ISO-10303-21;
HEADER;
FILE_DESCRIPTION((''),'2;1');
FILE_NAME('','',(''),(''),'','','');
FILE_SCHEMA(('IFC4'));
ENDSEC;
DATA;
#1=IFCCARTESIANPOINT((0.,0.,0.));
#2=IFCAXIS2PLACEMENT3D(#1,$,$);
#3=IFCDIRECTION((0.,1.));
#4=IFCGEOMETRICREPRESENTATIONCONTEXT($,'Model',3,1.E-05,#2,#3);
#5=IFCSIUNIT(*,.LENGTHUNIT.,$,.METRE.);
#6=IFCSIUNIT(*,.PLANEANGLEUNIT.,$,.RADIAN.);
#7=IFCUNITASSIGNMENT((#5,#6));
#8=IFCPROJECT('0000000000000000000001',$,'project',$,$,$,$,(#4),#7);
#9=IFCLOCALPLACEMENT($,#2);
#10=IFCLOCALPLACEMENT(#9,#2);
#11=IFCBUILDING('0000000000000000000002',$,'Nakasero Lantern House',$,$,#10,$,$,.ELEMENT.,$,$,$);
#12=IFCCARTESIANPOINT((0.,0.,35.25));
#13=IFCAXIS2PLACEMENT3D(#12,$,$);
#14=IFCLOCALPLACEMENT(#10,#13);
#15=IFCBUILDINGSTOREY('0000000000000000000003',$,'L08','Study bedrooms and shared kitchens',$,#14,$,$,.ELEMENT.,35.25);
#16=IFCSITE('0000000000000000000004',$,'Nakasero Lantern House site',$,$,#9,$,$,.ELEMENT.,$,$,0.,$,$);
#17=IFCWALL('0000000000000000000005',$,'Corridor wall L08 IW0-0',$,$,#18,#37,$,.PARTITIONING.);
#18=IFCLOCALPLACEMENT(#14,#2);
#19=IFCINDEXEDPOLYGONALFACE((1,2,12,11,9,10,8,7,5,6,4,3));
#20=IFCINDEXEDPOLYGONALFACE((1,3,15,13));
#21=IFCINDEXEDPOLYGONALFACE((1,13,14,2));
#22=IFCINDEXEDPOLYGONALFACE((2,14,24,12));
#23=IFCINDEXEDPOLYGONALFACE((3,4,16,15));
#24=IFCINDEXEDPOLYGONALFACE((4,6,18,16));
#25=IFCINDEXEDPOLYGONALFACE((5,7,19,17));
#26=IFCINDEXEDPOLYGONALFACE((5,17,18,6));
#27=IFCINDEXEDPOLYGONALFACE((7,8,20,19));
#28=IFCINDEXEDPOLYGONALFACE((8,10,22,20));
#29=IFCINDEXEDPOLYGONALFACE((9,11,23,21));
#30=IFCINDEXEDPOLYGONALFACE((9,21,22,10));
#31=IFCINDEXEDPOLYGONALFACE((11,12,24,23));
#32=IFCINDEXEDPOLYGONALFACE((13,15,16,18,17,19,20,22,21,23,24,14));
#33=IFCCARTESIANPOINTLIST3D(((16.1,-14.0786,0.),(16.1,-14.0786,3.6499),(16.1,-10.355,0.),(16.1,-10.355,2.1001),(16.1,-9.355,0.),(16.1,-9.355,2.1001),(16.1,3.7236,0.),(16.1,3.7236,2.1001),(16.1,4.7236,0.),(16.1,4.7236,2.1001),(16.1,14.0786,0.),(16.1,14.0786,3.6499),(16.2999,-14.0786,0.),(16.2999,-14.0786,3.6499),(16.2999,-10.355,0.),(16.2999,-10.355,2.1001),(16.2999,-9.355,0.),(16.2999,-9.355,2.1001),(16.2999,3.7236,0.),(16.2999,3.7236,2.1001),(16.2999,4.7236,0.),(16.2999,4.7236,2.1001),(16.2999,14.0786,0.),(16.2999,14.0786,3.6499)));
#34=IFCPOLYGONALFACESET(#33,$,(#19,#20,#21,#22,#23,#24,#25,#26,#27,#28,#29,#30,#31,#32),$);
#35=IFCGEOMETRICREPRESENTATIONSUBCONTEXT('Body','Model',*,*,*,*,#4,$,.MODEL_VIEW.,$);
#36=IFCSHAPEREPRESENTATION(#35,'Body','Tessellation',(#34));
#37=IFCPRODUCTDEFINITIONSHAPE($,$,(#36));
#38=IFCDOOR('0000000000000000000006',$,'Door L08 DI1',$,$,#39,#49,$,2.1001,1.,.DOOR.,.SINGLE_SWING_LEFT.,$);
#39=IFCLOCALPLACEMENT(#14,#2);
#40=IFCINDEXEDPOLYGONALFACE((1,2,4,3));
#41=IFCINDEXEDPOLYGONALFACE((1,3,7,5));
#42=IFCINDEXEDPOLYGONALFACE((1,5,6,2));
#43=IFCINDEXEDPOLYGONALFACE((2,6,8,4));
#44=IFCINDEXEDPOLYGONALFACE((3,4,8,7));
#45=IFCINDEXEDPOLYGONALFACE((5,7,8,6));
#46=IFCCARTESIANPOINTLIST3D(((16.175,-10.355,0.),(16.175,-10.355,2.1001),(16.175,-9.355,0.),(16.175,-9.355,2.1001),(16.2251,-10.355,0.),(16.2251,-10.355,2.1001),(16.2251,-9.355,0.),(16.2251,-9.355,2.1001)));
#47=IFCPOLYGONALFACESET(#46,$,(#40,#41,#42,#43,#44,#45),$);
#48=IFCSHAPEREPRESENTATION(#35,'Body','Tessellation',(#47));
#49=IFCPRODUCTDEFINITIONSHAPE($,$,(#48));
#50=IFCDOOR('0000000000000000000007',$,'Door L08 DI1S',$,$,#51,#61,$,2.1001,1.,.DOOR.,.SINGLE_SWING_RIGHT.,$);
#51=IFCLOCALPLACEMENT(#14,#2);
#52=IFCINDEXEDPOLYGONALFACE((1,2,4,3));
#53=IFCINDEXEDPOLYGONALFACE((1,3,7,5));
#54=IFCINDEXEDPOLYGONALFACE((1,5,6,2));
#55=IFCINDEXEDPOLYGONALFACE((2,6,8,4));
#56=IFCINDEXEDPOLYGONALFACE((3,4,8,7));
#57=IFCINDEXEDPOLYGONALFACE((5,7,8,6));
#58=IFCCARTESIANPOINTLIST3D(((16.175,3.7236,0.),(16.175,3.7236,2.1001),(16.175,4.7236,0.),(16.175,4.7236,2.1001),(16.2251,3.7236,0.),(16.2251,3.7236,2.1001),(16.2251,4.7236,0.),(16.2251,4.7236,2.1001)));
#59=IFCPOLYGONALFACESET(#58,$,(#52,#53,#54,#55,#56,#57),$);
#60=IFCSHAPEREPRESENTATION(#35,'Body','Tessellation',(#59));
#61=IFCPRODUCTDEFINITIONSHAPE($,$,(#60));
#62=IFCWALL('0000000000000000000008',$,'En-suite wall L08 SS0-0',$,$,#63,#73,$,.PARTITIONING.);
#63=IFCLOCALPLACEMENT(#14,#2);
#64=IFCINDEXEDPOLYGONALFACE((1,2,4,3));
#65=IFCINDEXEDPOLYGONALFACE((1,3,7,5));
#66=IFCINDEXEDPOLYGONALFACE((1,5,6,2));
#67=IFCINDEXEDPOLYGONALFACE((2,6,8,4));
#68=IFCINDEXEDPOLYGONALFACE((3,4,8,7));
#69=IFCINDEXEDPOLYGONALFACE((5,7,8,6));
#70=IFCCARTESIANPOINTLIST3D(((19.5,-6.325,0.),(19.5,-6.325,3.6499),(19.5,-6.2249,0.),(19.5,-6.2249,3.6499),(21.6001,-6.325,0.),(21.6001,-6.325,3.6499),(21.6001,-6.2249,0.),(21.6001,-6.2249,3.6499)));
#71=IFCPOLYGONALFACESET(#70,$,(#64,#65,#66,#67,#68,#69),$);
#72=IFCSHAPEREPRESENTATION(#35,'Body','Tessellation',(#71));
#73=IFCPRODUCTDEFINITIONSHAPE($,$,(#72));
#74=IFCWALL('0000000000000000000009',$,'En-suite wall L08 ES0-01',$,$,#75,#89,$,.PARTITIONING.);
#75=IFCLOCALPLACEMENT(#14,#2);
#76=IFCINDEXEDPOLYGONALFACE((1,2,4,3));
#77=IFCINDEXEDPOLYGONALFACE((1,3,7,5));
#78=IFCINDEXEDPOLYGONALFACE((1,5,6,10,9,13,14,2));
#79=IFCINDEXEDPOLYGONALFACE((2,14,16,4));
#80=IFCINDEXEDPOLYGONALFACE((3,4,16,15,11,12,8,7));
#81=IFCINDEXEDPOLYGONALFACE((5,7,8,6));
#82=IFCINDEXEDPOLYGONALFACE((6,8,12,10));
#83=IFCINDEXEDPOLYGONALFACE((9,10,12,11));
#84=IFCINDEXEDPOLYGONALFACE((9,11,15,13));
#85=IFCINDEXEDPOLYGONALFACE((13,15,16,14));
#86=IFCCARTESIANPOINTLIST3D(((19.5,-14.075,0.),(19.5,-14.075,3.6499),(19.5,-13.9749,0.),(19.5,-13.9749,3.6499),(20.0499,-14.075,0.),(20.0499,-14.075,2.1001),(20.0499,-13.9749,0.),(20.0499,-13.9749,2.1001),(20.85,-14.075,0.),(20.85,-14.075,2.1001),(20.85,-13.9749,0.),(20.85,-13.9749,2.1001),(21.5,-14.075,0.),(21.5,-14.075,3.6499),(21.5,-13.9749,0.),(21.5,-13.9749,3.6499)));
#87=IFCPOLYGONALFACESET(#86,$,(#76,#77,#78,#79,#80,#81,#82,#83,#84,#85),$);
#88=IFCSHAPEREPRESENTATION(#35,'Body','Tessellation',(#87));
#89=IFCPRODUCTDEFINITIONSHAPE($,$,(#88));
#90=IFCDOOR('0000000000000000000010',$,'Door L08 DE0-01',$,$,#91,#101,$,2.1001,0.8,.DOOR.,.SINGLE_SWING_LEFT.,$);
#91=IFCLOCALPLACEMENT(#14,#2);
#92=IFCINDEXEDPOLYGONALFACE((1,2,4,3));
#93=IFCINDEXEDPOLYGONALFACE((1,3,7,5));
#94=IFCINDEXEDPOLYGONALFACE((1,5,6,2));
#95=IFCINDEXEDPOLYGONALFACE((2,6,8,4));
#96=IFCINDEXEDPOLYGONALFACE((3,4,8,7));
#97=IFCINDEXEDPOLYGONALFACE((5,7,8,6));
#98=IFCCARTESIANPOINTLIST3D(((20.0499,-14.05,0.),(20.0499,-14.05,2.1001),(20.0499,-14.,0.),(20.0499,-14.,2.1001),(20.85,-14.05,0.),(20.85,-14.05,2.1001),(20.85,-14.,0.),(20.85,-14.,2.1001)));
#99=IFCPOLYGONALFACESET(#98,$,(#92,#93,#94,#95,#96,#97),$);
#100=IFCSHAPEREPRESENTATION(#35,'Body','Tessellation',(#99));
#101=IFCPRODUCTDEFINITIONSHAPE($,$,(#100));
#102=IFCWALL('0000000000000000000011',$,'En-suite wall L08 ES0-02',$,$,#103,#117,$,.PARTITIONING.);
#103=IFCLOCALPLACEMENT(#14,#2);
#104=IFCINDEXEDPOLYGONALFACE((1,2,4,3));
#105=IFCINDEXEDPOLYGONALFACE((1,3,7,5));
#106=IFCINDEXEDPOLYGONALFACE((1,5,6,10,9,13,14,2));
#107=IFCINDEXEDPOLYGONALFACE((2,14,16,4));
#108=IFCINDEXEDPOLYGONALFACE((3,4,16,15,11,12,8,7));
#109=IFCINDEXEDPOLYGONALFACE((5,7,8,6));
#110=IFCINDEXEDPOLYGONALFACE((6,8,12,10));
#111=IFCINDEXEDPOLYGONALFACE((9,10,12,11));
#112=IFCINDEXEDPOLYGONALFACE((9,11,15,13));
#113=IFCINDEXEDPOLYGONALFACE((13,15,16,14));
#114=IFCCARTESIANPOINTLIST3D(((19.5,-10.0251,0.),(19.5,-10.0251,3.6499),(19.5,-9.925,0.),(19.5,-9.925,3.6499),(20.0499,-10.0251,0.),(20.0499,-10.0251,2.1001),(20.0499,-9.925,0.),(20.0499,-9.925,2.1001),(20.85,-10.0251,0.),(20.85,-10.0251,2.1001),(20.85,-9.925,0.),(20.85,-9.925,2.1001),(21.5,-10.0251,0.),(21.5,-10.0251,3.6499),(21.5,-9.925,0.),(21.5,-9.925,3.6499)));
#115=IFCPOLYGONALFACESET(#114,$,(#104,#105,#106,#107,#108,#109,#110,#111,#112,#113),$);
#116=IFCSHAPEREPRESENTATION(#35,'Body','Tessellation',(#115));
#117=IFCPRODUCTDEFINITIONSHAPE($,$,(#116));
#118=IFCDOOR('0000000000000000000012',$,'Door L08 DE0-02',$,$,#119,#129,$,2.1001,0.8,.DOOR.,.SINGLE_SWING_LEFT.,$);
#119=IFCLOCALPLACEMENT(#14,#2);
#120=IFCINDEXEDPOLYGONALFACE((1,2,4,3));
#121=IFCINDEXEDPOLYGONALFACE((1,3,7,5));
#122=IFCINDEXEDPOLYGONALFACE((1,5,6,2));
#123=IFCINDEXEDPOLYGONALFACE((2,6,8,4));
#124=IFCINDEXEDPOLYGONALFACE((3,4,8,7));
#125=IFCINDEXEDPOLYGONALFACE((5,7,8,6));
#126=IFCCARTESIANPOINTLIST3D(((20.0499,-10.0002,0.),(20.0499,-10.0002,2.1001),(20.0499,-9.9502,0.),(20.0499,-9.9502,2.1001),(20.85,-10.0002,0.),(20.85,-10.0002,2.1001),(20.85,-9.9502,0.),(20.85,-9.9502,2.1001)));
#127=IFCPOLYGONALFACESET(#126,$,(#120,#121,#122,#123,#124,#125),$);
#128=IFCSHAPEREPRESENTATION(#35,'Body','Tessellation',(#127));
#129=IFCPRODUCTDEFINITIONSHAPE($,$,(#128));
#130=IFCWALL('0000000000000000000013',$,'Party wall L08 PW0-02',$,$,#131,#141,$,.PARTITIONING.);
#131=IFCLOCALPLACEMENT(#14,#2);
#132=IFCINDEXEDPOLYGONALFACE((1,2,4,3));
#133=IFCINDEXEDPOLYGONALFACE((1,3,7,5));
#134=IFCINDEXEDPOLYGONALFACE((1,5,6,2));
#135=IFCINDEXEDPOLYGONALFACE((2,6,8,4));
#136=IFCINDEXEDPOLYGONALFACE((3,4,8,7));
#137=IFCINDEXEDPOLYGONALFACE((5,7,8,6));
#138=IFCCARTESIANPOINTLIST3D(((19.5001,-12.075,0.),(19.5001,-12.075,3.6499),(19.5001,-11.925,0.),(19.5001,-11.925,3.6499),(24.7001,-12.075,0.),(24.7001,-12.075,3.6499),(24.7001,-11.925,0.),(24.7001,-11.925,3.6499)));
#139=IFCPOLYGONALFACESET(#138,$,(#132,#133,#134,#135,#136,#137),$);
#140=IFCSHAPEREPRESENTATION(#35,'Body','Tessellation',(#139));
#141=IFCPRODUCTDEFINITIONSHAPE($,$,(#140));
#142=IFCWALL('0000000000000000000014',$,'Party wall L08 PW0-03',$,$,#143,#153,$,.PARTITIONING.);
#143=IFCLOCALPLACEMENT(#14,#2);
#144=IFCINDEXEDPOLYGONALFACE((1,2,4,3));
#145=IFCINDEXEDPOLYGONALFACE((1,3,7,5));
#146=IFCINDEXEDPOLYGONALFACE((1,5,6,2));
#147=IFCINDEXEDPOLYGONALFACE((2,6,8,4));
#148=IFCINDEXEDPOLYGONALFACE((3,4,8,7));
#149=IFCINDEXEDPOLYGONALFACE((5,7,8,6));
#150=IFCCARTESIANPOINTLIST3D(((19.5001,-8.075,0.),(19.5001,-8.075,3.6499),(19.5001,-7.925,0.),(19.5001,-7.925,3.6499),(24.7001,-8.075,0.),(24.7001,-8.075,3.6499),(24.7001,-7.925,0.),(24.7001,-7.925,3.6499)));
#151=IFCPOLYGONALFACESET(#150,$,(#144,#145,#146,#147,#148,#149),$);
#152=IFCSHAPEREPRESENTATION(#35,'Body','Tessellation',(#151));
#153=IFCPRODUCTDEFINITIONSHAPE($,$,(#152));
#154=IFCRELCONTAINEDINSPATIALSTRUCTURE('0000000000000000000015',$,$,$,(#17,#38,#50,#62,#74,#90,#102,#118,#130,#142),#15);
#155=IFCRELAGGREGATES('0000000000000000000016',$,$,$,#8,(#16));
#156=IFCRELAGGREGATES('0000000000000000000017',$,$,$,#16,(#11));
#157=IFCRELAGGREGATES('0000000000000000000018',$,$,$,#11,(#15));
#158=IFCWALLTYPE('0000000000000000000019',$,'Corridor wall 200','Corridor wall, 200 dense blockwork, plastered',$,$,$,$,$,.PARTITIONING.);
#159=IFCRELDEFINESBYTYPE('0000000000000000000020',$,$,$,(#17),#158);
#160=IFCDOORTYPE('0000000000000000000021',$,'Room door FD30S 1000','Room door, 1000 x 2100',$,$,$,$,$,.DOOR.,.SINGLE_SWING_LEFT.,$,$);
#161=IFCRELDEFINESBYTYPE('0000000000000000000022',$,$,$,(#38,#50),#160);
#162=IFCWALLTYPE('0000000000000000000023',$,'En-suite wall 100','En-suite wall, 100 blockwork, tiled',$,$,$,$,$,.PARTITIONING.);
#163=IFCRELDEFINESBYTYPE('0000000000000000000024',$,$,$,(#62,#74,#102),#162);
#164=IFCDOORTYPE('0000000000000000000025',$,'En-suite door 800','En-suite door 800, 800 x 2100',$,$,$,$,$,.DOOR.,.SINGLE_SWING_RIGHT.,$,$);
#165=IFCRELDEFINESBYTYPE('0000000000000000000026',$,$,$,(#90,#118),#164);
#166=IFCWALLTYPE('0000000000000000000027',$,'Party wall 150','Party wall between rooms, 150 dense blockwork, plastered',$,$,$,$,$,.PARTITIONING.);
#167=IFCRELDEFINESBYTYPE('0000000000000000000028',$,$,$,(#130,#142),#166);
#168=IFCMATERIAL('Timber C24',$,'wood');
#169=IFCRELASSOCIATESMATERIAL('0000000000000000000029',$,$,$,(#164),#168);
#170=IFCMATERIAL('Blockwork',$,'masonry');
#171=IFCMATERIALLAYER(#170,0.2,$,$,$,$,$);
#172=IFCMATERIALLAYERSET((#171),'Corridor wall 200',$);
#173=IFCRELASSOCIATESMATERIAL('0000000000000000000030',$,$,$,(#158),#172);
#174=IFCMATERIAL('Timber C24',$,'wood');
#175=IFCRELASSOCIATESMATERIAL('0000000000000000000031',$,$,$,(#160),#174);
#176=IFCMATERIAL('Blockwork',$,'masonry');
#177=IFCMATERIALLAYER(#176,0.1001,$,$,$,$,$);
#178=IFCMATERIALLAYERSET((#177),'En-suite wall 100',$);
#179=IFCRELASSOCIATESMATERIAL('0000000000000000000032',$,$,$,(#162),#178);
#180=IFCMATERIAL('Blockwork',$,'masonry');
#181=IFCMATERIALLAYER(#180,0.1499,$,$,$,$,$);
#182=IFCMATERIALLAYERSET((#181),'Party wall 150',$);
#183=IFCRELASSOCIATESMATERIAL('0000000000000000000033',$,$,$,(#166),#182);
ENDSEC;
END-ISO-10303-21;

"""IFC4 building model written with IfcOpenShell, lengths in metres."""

from ifc_helpers import new_model, si_unit, direction, frame, frame_2d, origin, place, context, subcontext, project, spatial, rectangle, extrude, material, layer, layer_set, type_object, element, fill, save


model = new_model("IFC4")

# Units and contexts
model_context = context("Model", 3, precision=1e-05, world=origin(), true_north=direction((0.0, 1.0)))
body_context = subcontext(model_context, "Body", "Model", "MODEL_VIEW")
ifc_project = project(units=[si_unit("LENGTHUNIT", "METRE"), si_unit("PLANEANGLEUNIT", "RADIAN")], contexts=[model_context])

# Site, building, storey
site_placement = place(None, origin())
site = spatial("IfcSite", under=ifc_project, at=site_placement, Name="Nakasero Lantern House site", CompositionType="ELEMENT", RefElevation=0.0)
building_placement = place(site_placement, origin())
building = spatial("IfcBuilding", under=site, at=building_placement, Name="Nakasero Lantern House", CompositionType="ELEMENT")
storey_placement = place(building_placement, frame((0.0, 0.0, 35.25)))
storey = spatial("IfcBuildingStorey", under=building, at=storey_placement, Name="L08", Description="Study bedrooms and shared kitchens", CompositionType="ELEMENT", Elevation=35.25)

# Wall, openings, doors
ifc_material_1 = material(Name="Timber C24", Category="wood")
door_type_1 = type_object("IfcDoorType", Name="En-suite door 800", Description="En-suite door 800, 800 x 2100", OperationType="SINGLE_SWING_RIGHT", PredefinedType="DOOR", material=ifc_material_1)
ifc_material_2 = material(Name="Blockwork", Category="masonry")
ifc_layer_1 = layer(ifc_material_2, 0.2)
ifc_layer_set_1 = layer_set([ifc_layer_1], Name="Corridor wall 200")
wall_type_1 = type_object("IfcWallType", Name="Corridor wall 200", Description="Corridor wall, 200 dense blockwork, plastered", PredefinedType="PARTITIONING", material=ifc_layer_set_1)
wall_1_placement = place(storey_placement, frame((16.2, -14.0786, 0.0), z_axis=(0.0, 0.0, 1.0), x_axis=(0.0, 1.0, 0.0)))
wall_1 = element("IfcWall", 1, at=wall_1_placement, inside=storey, type_object=wall_type_1, Name="Corridor wall L08 IW0-0", PredefinedType="PARTITIONING", context=body_context, shape_type="SweptSolid", body=[
    extrude(rectangle(XDim=28.1572, YDim=0.2, at=frame_2d((14.0786, 0.0))), origin(), (0.0, 0.0, 1.0), 3.6499),
])
opening_1_placement = place(wall_1_placement, frame((3.7236, 0.0, 0.0)))
opening_1 = element("IfcOpeningElement", 2, at=opening_1_placement, cuts=wall_1, PredefinedType="OPENING", context=body_context, shape_type="SweptSolid", body=[
    extrude(rectangle(XDim=1.0, YDim=2.1001, at=frame_2d((0.5, 1.05))), frame((0.0, 0.1199, 0.0), z_axis=(0.0, -1.0, 0.0), x_axis=(1.0, 0.0, 0.0)), (0.0, 0.0, 1.0), 0.24),
])
opening_2_placement = place(wall_1_placement, frame((17.8022, 0.0, 0.0)))
opening_2 = element("IfcOpeningElement", 3, at=opening_2_placement, cuts=wall_1, PredefinedType="OPENING", context=body_context, shape_type="SweptSolid", body=[
    extrude(rectangle(XDim=1.0, YDim=2.1001, at=frame_2d((0.5, 1.05))), frame((0.0, 0.1199, 0.0), z_axis=(0.0, -1.0, 0.0), x_axis=(1.0, 0.0, 0.0)), (0.0, 0.0, 1.0), 0.24),
])
ifc_material_3 = material(Name="Timber C24", Category="wood")
door_type_2 = type_object("IfcDoorType", Name="Room door FD30S 1000", Description="Room door, 1000 x 2100", OperationType="SINGLE_SWING_LEFT", PredefinedType="DOOR", material=ifc_material_3)
door_1_placement = place(opening_1_placement, origin())
door_1 = element("IfcDoor", 4, at=door_1_placement, inside=storey, type_object=door_type_2, Name="Door L08 DI1", OperationType="SINGLE_SWING_LEFT", OverallHeight=2.1001, OverallWidth=1.0, PredefinedType="DOOR", context=body_context, shape_type="SweptSolid", body=[
    extrude(rectangle(XDim=1.0, YDim=2.1001, at=frame_2d((0.5, 1.05))), frame((0.0, 0.0249, 0.0), z_axis=(0.0, -1.0, 0.0), x_axis=(1.0, 0.0, 0.0)), (0.0, 0.0, 1.0), 0.05),
])
fill(opening_1, door_1)
door_2_placement = place(opening_2_placement, origin())
door_2 = element("IfcDoor", 5, at=door_2_placement, inside=storey, type_object=door_type_2, Name="Door L08 DI1S", OperationType="SINGLE_SWING_RIGHT", OverallHeight=2.1001, OverallWidth=1.0, PredefinedType="DOOR", context=body_context, shape_type="SweptSolid", body=[
    extrude(rectangle(XDim=1.0, YDim=2.1001, at=frame_2d((0.5, 1.05))), frame((0.0, 0.0249, 0.0), z_axis=(0.0, -1.0, 0.0), x_axis=(1.0, 0.0, 0.0)), (0.0, 0.0, 1.0), 0.05),
])
fill(opening_2, door_2)

# Wall
ifc_material_4 = material(Name="Blockwork", Category="masonry")
ifc_layer_2 = layer(ifc_material_4, 0.1001)
ifc_layer_set_2 = layer_set([ifc_layer_2], Name="En-suite wall 100")
wall_type_2 = type_object("IfcWallType", Name="En-suite wall 100", Description="En-suite wall, 100 blockwork, tiled", PredefinedType="PARTITIONING", material=ifc_layer_set_2)
wall_2_placement = place(storey_placement, frame((19.5, -6.2749, 0.0), z_axis=(0.0, 0.0, 1.0), x_axis=(1.0, 0.0, 0.0)))
element("IfcWall", 6, at=wall_2_placement, inside=storey, type_object=wall_type_2, Name="En-suite wall L08 SS0-0", PredefinedType="PARTITIONING", context=body_context, shape_type="SweptSolid", body=[
    extrude(rectangle(XDim=2.1001, YDim=0.1001, at=frame_2d((1.05, 0.0))), origin(), (0.0, 0.0, 1.0), 3.6499),
])

# Walls, openings, doors
wall_3_placement = place(storey_placement, frame((19.5, -14.0249, 0.0), z_axis=(0.0, 0.0, 1.0), x_axis=(1.0, 0.0, 0.0)))
wall_3 = element("IfcWall", 7, at=wall_3_placement, inside=storey, type_object=wall_type_2, Name="En-suite wall L08 ES0-01", PredefinedType="PARTITIONING", context=body_context, shape_type="SweptSolid", body=[
    extrude(rectangle(XDim=2.0, YDim=0.1001, at=frame_2d((1.0, 0.0))), origin(), (0.0, 0.0, 1.0), 3.6499),
])
opening_3_placement = place(wall_3_placement, frame((0.55, 0.0, 0.0)))
opening_3 = element("IfcOpeningElement", 8, at=opening_3_placement, cuts=wall_3, PredefinedType="OPENING", context=body_context, shape_type="SweptSolid", body=[
    extrude(rectangle(XDim=0.8, YDim=2.1001, at=frame_2d((0.3999, 1.05))), frame((0.0, 0.0701, 0.0), z_axis=(0.0, -1.0, 0.0), x_axis=(1.0, 0.0, 0.0)), (0.0, 0.0, 1.0), 0.1401),
])
door_3_placement = place(opening_3_placement, origin())
door_3 = element("IfcDoor", 9, at=door_3_placement, inside=storey, type_object=door_type_1, Name="Door L08 DE0-01", OperationType="SINGLE_SWING_LEFT", OverallHeight=2.1001, OverallWidth=0.8, PredefinedType="DOOR", context=body_context, shape_type="SweptSolid", body=[
    extrude(rectangle(XDim=0.8, YDim=2.1001, at=frame_2d((0.3999, 1.05))), frame((0.0, 0.0249, 0.0), z_axis=(0.0, -1.0, 0.0), x_axis=(1.0, 0.0, 0.0)), (0.0, 0.0, 1.0), 0.05),
])
fill(opening_3, door_3)
wall_4_placement = place(storey_placement, frame((19.5, -9.9751, 0.0), z_axis=(0.0, 0.0, 1.0), x_axis=(1.0, 0.0, 0.0)))
wall_4 = element("IfcWall", 10, at=wall_4_placement, inside=storey, type_object=wall_type_2, Name="En-suite wall L08 ES0-02", PredefinedType="PARTITIONING", context=body_context, shape_type="SweptSolid", body=[
    extrude(rectangle(XDim=2.0, YDim=0.1001, at=frame_2d((1.0, 0.0))), origin(), (0.0, 0.0, 1.0), 3.6499),
])
opening_4_placement = place(wall_4_placement, frame((0.55, 0.0, 0.0)))
opening_4 = element("IfcOpeningElement", 11, at=opening_4_placement, cuts=wall_4, PredefinedType="OPENING", context=body_context, shape_type="SweptSolid", body=[
    extrude(rectangle(XDim=0.8, YDim=2.1001, at=frame_2d((0.3999, 1.05))), frame((0.0, 0.0701, 0.0), z_axis=(0.0, -1.0, 0.0), x_axis=(1.0, 0.0, 0.0)), (0.0, 0.0, 1.0), 0.1401),
])
door_4_placement = place(opening_4_placement, origin())
door_4 = element("IfcDoor", 12, at=door_4_placement, inside=storey, type_object=door_type_1, Name="Door L08 DE0-02", OperationType="SINGLE_SWING_LEFT", OverallHeight=2.1001, OverallWidth=0.8, PredefinedType="DOOR", context=body_context, shape_type="SweptSolid", body=[
    extrude(rectangle(XDim=0.8, YDim=2.1001, at=frame_2d((0.3999, 1.05))), frame((0.0, 0.0249, 0.0), z_axis=(0.0, -1.0, 0.0), x_axis=(1.0, 0.0, 0.0)), (0.0, 0.0, 1.0), 0.05),
])
fill(opening_4, door_4)

# Walls
ifc_material_5 = material(Name="Blockwork", Category="masonry")
ifc_layer_3 = layer(ifc_material_5, 0.1499)
ifc_layer_set_3 = layer_set([ifc_layer_3], Name="Party wall 150")
wall_type_3 = type_object("IfcWallType", Name="Party wall 150", Description="Party wall between rooms, 150 dense blockwork, plastered", PredefinedType="PARTITIONING", material=ifc_layer_set_3)
for number, where, z_axis, x_axis, name in (
    (13, (19.5, -12.0, 0.0), (0.0, 0.0, 1.0), (1.0, 0.0, 0.0), "Party wall L08 PW0-02"),
    (14, (19.5, -8.0, 0.0), (0.0, 0.0, 1.0), (1.0, 0.0, 0.0), "Party wall L08 PW0-03"),
):
    element("IfcWall", number, at=place(storey_placement, frame(where, z_axis=z_axis, x_axis=x_axis)), inside=storey, type_object=wall_type_3, Name=name, PredefinedType="PARTITIONING", context=body_context, shape_type="SweptSolid", body=[
        extrude(rectangle(XDim=5.2, YDim=0.1499, at=frame_2d((2.6001, 0.0))), origin(), (0.0, 0.0, 1.0), 3.6499),
    ])

save(model, "model.ifc")
